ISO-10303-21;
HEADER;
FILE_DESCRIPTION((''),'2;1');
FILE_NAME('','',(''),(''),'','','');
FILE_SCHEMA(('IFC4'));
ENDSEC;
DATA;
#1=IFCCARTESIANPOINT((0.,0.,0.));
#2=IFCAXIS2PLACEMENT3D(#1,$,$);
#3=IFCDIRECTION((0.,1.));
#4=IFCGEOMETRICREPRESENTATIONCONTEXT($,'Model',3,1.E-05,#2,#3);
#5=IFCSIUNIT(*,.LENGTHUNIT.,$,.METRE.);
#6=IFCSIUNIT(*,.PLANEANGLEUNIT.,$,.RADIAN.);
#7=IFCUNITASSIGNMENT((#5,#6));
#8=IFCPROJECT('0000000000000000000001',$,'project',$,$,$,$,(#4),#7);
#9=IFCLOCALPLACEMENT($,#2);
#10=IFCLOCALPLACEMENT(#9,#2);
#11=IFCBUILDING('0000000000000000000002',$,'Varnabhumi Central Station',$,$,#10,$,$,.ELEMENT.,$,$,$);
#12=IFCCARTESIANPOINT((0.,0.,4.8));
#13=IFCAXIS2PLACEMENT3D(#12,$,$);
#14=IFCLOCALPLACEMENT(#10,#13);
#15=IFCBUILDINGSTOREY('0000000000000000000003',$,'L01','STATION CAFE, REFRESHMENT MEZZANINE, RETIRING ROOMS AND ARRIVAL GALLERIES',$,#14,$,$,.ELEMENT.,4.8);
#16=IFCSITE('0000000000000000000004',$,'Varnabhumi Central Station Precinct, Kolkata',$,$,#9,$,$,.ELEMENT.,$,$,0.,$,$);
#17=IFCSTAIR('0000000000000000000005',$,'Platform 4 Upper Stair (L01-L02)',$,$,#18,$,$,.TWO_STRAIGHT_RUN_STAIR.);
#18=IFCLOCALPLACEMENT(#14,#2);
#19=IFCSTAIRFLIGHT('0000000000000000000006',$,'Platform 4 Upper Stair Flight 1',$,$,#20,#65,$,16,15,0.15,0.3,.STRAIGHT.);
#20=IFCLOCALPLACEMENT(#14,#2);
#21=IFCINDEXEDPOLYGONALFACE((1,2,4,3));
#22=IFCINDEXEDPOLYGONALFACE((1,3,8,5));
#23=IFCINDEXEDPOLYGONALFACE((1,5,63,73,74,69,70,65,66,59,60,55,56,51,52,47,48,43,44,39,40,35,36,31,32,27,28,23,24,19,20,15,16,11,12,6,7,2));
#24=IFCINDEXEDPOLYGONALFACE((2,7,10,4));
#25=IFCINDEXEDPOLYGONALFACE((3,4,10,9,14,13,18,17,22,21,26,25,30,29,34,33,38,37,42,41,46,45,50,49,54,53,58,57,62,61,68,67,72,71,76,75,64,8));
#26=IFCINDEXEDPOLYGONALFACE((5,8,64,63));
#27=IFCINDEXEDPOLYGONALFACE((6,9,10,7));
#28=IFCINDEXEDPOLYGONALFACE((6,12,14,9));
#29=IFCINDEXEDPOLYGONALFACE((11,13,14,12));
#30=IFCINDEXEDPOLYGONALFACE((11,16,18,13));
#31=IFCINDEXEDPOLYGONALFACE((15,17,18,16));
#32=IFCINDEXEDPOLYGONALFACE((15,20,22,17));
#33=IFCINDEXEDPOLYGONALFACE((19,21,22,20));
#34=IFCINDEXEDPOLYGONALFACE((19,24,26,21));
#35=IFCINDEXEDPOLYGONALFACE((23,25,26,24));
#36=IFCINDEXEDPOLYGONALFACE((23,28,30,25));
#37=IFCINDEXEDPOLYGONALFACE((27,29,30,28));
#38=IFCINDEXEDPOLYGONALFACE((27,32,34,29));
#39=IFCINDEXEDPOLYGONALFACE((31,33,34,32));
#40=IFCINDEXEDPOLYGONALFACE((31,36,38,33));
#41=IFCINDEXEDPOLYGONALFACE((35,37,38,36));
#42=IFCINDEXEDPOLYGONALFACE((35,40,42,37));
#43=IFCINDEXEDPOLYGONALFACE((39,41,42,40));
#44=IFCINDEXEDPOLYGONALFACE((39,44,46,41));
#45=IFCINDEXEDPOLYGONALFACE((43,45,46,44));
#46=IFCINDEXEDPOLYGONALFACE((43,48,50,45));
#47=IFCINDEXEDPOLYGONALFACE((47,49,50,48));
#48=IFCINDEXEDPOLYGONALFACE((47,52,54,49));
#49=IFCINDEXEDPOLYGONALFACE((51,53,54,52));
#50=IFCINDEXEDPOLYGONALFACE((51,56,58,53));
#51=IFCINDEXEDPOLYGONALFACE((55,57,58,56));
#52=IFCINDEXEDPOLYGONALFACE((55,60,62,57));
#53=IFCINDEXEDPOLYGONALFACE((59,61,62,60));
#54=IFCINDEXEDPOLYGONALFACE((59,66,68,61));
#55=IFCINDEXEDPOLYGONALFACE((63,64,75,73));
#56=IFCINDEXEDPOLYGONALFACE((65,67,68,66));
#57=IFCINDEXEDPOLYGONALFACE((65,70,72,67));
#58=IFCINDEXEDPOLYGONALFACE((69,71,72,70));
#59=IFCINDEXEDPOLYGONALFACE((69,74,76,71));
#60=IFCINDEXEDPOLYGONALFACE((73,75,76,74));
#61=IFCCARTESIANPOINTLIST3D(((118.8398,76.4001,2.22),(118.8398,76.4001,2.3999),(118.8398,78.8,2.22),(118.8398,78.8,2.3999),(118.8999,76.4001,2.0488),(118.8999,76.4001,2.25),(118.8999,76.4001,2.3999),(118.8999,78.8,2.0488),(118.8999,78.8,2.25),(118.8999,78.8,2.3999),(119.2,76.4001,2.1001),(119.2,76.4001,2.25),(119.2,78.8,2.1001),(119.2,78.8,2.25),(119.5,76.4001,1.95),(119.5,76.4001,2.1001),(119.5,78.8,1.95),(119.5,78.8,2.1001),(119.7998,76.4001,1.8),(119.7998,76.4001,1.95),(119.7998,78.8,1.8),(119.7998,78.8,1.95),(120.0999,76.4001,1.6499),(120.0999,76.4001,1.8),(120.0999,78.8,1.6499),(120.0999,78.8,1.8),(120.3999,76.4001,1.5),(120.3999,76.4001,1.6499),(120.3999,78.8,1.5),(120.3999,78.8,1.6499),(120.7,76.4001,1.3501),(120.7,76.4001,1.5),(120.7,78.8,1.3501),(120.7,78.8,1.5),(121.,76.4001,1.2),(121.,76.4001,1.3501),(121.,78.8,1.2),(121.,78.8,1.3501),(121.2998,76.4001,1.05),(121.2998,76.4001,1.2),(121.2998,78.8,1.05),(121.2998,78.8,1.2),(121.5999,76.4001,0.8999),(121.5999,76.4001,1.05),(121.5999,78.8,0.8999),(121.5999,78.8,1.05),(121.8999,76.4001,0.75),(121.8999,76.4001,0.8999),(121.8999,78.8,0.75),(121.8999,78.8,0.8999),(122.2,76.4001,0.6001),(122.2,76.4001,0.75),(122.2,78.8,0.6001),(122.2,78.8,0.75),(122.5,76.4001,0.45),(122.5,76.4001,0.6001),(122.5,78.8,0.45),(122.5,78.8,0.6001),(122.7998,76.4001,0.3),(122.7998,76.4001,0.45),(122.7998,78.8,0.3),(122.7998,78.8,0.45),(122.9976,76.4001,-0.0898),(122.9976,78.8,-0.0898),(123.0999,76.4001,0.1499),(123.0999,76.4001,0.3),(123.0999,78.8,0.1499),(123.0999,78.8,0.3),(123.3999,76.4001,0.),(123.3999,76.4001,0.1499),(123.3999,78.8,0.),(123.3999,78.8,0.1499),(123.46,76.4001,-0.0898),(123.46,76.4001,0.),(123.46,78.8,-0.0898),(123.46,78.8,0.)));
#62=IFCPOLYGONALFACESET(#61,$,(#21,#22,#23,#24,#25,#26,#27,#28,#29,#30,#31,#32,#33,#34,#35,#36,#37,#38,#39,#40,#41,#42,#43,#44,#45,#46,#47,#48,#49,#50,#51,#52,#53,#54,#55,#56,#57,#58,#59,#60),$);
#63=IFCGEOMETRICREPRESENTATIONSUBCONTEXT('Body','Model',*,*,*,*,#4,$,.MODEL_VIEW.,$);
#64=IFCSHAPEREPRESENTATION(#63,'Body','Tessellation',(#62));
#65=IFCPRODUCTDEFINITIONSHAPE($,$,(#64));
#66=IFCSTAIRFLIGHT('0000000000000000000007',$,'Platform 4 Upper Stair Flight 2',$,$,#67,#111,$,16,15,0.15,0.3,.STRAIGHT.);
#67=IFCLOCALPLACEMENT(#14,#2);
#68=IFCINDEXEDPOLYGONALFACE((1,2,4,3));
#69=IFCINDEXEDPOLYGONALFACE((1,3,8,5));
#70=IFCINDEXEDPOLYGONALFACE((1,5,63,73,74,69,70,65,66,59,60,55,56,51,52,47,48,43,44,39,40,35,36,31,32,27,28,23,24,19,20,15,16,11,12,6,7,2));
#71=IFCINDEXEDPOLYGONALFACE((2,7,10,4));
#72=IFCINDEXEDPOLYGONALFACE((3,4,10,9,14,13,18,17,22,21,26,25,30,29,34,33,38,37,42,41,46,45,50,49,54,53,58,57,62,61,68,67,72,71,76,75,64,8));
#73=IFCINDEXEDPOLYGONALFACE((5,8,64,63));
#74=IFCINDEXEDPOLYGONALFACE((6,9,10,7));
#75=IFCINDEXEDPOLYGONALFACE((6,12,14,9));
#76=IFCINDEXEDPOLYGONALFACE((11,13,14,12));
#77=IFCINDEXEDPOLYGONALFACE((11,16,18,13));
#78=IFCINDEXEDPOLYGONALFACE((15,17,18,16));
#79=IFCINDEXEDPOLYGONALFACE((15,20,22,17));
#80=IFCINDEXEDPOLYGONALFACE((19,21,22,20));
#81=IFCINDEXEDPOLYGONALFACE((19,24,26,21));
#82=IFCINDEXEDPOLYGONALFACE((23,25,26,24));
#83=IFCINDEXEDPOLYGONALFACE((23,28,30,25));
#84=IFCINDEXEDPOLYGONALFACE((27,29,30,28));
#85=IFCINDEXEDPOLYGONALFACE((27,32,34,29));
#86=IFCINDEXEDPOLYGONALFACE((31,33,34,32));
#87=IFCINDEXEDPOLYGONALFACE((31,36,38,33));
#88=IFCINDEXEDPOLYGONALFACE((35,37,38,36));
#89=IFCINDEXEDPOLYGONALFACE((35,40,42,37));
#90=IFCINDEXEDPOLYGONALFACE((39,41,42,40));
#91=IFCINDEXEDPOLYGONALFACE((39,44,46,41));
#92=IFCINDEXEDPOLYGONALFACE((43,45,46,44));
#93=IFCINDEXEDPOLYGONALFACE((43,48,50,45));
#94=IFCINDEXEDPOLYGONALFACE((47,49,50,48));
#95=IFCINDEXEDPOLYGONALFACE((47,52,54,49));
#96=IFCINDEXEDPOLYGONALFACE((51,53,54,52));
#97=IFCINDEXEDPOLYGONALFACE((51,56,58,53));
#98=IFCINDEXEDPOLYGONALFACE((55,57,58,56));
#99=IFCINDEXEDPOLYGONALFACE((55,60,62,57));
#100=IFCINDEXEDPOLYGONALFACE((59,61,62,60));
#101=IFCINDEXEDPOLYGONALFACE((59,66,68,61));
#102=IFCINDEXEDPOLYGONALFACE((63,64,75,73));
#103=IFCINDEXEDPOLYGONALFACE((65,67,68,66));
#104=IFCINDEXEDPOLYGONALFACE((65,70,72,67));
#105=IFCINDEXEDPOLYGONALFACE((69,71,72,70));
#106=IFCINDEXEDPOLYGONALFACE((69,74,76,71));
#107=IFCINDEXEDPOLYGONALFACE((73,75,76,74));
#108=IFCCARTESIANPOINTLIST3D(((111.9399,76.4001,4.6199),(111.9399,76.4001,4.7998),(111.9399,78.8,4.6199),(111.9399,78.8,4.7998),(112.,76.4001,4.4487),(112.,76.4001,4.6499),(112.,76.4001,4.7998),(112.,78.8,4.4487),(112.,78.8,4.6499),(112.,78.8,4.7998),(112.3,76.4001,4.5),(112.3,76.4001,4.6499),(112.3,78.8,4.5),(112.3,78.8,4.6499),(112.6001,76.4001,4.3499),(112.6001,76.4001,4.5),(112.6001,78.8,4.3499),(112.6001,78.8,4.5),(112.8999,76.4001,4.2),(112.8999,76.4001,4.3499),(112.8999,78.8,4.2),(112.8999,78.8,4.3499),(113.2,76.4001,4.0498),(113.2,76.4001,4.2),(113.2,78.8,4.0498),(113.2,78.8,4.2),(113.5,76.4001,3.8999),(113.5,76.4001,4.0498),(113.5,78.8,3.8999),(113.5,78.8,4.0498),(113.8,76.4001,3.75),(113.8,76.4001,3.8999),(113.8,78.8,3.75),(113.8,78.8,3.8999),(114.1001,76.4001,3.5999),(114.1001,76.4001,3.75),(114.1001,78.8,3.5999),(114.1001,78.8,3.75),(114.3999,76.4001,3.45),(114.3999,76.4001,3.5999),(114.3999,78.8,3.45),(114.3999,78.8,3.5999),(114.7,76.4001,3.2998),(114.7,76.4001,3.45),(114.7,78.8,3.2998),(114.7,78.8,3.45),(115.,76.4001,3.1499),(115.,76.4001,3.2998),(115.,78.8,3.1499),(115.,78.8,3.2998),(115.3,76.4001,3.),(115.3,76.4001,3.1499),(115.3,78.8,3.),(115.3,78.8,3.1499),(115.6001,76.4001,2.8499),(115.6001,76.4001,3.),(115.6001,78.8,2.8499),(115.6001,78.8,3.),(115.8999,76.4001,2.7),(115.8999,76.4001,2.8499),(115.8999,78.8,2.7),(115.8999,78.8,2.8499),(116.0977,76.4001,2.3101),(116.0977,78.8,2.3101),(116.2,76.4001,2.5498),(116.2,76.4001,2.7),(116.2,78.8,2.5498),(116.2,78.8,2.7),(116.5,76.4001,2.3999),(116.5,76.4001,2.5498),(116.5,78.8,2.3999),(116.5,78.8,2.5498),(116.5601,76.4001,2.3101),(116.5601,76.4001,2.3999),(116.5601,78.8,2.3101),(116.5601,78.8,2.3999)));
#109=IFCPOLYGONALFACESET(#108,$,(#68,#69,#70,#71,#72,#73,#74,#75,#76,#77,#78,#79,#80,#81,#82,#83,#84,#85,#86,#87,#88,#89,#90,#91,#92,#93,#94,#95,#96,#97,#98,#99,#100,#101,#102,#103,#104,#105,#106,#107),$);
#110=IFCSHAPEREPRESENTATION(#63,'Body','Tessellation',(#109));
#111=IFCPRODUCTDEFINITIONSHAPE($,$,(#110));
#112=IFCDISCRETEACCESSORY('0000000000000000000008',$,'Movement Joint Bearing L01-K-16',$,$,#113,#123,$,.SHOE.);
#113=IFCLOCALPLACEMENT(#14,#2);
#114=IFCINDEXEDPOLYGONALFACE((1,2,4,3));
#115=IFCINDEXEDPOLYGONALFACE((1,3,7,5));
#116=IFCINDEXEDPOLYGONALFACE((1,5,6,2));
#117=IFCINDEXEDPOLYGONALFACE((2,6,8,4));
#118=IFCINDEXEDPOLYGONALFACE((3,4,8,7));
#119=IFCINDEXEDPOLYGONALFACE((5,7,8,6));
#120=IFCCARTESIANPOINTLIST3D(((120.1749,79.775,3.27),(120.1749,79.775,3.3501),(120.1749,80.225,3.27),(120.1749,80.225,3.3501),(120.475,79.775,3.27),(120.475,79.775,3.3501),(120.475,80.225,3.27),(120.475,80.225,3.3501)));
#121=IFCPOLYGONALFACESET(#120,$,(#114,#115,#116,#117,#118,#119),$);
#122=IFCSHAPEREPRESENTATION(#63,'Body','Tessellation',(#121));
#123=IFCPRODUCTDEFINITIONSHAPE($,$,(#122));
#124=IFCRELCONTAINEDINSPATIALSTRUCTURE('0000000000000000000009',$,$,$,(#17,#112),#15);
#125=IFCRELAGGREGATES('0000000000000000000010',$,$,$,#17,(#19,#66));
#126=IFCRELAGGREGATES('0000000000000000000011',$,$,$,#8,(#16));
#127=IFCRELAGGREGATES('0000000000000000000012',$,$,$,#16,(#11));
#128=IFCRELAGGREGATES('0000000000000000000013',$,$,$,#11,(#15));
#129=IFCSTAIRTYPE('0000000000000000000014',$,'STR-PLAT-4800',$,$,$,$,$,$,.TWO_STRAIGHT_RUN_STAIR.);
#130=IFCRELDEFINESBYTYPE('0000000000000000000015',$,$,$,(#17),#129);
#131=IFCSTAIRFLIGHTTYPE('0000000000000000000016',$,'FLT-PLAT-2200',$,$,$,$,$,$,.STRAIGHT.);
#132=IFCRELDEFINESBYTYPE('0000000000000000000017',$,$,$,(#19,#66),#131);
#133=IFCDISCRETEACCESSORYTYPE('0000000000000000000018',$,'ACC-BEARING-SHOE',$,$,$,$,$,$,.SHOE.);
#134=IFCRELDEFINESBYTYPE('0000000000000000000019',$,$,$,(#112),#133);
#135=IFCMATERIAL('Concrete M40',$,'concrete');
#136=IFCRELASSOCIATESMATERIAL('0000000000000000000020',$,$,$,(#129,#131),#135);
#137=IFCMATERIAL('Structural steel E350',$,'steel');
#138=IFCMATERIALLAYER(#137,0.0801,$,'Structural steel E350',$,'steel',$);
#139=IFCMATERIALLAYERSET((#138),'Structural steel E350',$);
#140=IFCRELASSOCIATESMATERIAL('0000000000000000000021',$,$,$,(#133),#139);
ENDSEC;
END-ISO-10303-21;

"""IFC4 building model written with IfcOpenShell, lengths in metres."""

from ifc_helpers import new_model, si_unit, direction, frame, origin, origin_2d, place, context, subcontext, project, spatial, polyline, rectangle, outline, extrude, material, layer, layer_set, type_object, element, aggregate, save


model = new_model("IFC4")

# Units and contexts
model_context = context("Model", 3, precision=1e-05, world=origin(), true_north=direction((0.0, 1.0)))
body_context = subcontext(model_context, "Body", "Model", "MODEL_VIEW")
ifc_project = project(units=[si_unit("LENGTHUNIT", "METRE"), si_unit("PLANEANGLEUNIT", "RADIAN")], contexts=[model_context])

# Site, building, storey
site_placement = place(None, origin())
site = spatial("IfcSite", under=ifc_project, at=site_placement, Name="Varnabhumi Central Station Precinct, Kolkata", CompositionType="ELEMENT", RefElevation=0.0)
building_placement = place(site_placement, origin())
building = spatial("IfcBuilding", under=site, at=building_placement, Name="Varnabhumi Central Station", CompositionType="ELEMENT")
storey_placement = place(building_placement, frame((0.0, 0.0, 4.8)))
storey = spatial("IfcBuildingStorey", under=building, at=storey_placement, Name="L01", Description="STATION CAFE, REFRESHMENT MEZZANINE, RETIRING ROOMS AND ARRIVAL GALLERIES", CompositionType="ELEMENT", Elevation=4.8)

# Shared definitions
ifc_material_1 = material(Name="Concrete M40", Category="concrete")
ifc_material_2 = material(Name="Structural steel E350", Category="steel")

# Stair, stair flights
stair_type = type_object("IfcStairType", Name="STR-PLAT-4800", PredefinedType="TWO_STRAIGHT_RUN_STAIR", material=ifc_material_1)
stair_flight_type = type_object("IfcStairFlightType", Name="FLT-PLAT-2200", PredefinedType="STRAIGHT", material=ifc_material_1)
stair_1_placement = place(storey_placement, origin())
stair_1 = element("IfcStair", 1, at=stair_1_placement, inside=storey, type_object=stair_type, Name="Platform 4 Upper Stair (L01-L02)", PredefinedType="TWO_STRAIGHT_RUN_STAIR")
stair_flight_1_placement = place(storey_placement, frame((123.3999, 77.6001, 0.0), z_axis=(0.0, 0.0, 1.0), x_axis=(-1.0, 0.0, 0.0)))
stair_flight_1 = element("IfcStairFlight", 2, at=stair_flight_1_placement, type_object=stair_flight_type, Name="Platform 4 Upper Stair Flight 1", NumberOfRisers=16, NumberOfTreads=15, PredefinedType="STRAIGHT", RiserHeight=0.15, TreadLength=0.3, context=body_context, shape_type="SweptSolid", body=[
    extrude(outline(polyline([(-0.0601, -0.0898), (-0.0601, 0.0), (0.0, 0.0), (0.0, 0.1499), (0.3, 0.1499), (0.3, 0.3), (0.6001, 0.3), (0.6001, 0.45), (0.8999, 0.45), (0.8999, 0.6001), (1.2, 0.6001), (1.2, 0.75), (1.5, 0.75), (1.5, 0.8999), (1.8, 0.8999), (1.8, 1.05), (2.1001, 1.05), (2.1001, 1.2), (2.3999, 1.2), (2.3999, 1.3501), (2.7, 1.3501), (2.7, 1.5), (3.0, 1.5), (3.0, 1.6499), (3.3, 1.6499), (3.3, 1.8), (3.6001, 1.8), (3.6001, 1.95), (3.8999, 1.95), (3.8999, 2.1001), (4.2, 2.1001), (4.2, 2.25), (4.5, 2.25), (4.5, 2.3999), (4.5601, 2.3999), (4.5601, 2.22), (4.5, 2.0488), (0.4023, -0.0898), (-0.0601, -0.0898)])), frame((0.0, 1.2, 0.0), z_axis=(0.0, -1.0, 0.0), x_axis=(1.0, 0.0, 0.0)), (0.0, 0.0, 1.0), 2.3999),
])
stair_flight_2_placement = place(storey_placement, frame((116.5, 77.6001, 2.3999), z_axis=(0.0, 0.0, 1.0), x_axis=(-1.0, 0.0, 0.0)))
stair_flight_2 = element("IfcStairFlight", 3, at=stair_flight_2_placement, type_object=stair_flight_type, Name="Platform 4 Upper Stair Flight 2", NumberOfRisers=16, NumberOfTreads=15, PredefinedType="STRAIGHT", RiserHeight=0.15, TreadLength=0.3, context=body_context, shape_type="SweptSolid", body=[
    extrude(outline(polyline([(-0.0601, -0.0898), (-0.0601, 0.0), (0.0, 0.0), (0.0, 0.1499), (0.3, 0.1499), (0.3, 0.3), (0.6001, 0.3), (0.6001, 0.45), (0.8999, 0.45), (0.8999, 0.6001), (1.2, 0.6001), (1.2, 0.75), (1.5, 0.75), (1.5, 0.8999), (1.8, 0.8999), (1.8, 1.05), (2.1001, 1.05), (2.1001, 1.2), (2.3999, 1.2), (2.3999, 1.3501), (2.7, 1.3501), (2.7, 1.5), (3.0, 1.5), (3.0, 1.6499), (3.3, 1.6499), (3.3, 1.8), (3.6001, 1.8), (3.6001, 1.95), (3.8999, 1.95), (3.8999, 2.1001), (4.2, 2.1001), (4.2, 2.25), (4.5, 2.25), (4.5, 2.3999), (4.5601, 2.3999), (4.5601, 2.22), (4.5, 2.0488), (0.4023, -0.0898), (-0.0601, -0.0898)])), frame((0.0, 1.2, 0.0), z_axis=(0.0, -1.0, 0.0), x_axis=(1.0, 0.0, 0.0)), (0.0, 0.0, 1.0), 2.3999),
])
aggregate(stair_1, [stair_flight_1, stair_flight_2])

# Discrete accessory
ifc_layer_1 = layer(ifc_material_2, 0.0801, Name="Structural steel E350", Category="steel")
ifc_layer_set_1 = layer_set([ifc_layer_1], Name="Structural steel E350")
discrete_accessory_type = type_object("IfcDiscreteAccessoryType", Name="ACC-BEARING-SHOE", PredefinedType="SHOE", material=ifc_layer_set_1)
discrete_accessory_placement = place(storey_placement, frame((120.325, 80.0, 3.27), z_axis=(0.0, 0.0, 1.0), x_axis=(1.0, 0.0, 0.0)))
element("IfcDiscreteAccessory", 4, at=discrete_accessory_placement, inside=storey, type_object=discrete_accessory_type, Name="Movement Joint Bearing L01-K-16", PredefinedType="SHOE", context=body_context, shape_type="SweptSolid", body=[
    extrude(rectangle(XDim=0.3, YDim=0.45, at=origin_2d()), origin(), (0.0, 0.0, 1.0), 0.0801),
])

save(model, "model.ifc")
